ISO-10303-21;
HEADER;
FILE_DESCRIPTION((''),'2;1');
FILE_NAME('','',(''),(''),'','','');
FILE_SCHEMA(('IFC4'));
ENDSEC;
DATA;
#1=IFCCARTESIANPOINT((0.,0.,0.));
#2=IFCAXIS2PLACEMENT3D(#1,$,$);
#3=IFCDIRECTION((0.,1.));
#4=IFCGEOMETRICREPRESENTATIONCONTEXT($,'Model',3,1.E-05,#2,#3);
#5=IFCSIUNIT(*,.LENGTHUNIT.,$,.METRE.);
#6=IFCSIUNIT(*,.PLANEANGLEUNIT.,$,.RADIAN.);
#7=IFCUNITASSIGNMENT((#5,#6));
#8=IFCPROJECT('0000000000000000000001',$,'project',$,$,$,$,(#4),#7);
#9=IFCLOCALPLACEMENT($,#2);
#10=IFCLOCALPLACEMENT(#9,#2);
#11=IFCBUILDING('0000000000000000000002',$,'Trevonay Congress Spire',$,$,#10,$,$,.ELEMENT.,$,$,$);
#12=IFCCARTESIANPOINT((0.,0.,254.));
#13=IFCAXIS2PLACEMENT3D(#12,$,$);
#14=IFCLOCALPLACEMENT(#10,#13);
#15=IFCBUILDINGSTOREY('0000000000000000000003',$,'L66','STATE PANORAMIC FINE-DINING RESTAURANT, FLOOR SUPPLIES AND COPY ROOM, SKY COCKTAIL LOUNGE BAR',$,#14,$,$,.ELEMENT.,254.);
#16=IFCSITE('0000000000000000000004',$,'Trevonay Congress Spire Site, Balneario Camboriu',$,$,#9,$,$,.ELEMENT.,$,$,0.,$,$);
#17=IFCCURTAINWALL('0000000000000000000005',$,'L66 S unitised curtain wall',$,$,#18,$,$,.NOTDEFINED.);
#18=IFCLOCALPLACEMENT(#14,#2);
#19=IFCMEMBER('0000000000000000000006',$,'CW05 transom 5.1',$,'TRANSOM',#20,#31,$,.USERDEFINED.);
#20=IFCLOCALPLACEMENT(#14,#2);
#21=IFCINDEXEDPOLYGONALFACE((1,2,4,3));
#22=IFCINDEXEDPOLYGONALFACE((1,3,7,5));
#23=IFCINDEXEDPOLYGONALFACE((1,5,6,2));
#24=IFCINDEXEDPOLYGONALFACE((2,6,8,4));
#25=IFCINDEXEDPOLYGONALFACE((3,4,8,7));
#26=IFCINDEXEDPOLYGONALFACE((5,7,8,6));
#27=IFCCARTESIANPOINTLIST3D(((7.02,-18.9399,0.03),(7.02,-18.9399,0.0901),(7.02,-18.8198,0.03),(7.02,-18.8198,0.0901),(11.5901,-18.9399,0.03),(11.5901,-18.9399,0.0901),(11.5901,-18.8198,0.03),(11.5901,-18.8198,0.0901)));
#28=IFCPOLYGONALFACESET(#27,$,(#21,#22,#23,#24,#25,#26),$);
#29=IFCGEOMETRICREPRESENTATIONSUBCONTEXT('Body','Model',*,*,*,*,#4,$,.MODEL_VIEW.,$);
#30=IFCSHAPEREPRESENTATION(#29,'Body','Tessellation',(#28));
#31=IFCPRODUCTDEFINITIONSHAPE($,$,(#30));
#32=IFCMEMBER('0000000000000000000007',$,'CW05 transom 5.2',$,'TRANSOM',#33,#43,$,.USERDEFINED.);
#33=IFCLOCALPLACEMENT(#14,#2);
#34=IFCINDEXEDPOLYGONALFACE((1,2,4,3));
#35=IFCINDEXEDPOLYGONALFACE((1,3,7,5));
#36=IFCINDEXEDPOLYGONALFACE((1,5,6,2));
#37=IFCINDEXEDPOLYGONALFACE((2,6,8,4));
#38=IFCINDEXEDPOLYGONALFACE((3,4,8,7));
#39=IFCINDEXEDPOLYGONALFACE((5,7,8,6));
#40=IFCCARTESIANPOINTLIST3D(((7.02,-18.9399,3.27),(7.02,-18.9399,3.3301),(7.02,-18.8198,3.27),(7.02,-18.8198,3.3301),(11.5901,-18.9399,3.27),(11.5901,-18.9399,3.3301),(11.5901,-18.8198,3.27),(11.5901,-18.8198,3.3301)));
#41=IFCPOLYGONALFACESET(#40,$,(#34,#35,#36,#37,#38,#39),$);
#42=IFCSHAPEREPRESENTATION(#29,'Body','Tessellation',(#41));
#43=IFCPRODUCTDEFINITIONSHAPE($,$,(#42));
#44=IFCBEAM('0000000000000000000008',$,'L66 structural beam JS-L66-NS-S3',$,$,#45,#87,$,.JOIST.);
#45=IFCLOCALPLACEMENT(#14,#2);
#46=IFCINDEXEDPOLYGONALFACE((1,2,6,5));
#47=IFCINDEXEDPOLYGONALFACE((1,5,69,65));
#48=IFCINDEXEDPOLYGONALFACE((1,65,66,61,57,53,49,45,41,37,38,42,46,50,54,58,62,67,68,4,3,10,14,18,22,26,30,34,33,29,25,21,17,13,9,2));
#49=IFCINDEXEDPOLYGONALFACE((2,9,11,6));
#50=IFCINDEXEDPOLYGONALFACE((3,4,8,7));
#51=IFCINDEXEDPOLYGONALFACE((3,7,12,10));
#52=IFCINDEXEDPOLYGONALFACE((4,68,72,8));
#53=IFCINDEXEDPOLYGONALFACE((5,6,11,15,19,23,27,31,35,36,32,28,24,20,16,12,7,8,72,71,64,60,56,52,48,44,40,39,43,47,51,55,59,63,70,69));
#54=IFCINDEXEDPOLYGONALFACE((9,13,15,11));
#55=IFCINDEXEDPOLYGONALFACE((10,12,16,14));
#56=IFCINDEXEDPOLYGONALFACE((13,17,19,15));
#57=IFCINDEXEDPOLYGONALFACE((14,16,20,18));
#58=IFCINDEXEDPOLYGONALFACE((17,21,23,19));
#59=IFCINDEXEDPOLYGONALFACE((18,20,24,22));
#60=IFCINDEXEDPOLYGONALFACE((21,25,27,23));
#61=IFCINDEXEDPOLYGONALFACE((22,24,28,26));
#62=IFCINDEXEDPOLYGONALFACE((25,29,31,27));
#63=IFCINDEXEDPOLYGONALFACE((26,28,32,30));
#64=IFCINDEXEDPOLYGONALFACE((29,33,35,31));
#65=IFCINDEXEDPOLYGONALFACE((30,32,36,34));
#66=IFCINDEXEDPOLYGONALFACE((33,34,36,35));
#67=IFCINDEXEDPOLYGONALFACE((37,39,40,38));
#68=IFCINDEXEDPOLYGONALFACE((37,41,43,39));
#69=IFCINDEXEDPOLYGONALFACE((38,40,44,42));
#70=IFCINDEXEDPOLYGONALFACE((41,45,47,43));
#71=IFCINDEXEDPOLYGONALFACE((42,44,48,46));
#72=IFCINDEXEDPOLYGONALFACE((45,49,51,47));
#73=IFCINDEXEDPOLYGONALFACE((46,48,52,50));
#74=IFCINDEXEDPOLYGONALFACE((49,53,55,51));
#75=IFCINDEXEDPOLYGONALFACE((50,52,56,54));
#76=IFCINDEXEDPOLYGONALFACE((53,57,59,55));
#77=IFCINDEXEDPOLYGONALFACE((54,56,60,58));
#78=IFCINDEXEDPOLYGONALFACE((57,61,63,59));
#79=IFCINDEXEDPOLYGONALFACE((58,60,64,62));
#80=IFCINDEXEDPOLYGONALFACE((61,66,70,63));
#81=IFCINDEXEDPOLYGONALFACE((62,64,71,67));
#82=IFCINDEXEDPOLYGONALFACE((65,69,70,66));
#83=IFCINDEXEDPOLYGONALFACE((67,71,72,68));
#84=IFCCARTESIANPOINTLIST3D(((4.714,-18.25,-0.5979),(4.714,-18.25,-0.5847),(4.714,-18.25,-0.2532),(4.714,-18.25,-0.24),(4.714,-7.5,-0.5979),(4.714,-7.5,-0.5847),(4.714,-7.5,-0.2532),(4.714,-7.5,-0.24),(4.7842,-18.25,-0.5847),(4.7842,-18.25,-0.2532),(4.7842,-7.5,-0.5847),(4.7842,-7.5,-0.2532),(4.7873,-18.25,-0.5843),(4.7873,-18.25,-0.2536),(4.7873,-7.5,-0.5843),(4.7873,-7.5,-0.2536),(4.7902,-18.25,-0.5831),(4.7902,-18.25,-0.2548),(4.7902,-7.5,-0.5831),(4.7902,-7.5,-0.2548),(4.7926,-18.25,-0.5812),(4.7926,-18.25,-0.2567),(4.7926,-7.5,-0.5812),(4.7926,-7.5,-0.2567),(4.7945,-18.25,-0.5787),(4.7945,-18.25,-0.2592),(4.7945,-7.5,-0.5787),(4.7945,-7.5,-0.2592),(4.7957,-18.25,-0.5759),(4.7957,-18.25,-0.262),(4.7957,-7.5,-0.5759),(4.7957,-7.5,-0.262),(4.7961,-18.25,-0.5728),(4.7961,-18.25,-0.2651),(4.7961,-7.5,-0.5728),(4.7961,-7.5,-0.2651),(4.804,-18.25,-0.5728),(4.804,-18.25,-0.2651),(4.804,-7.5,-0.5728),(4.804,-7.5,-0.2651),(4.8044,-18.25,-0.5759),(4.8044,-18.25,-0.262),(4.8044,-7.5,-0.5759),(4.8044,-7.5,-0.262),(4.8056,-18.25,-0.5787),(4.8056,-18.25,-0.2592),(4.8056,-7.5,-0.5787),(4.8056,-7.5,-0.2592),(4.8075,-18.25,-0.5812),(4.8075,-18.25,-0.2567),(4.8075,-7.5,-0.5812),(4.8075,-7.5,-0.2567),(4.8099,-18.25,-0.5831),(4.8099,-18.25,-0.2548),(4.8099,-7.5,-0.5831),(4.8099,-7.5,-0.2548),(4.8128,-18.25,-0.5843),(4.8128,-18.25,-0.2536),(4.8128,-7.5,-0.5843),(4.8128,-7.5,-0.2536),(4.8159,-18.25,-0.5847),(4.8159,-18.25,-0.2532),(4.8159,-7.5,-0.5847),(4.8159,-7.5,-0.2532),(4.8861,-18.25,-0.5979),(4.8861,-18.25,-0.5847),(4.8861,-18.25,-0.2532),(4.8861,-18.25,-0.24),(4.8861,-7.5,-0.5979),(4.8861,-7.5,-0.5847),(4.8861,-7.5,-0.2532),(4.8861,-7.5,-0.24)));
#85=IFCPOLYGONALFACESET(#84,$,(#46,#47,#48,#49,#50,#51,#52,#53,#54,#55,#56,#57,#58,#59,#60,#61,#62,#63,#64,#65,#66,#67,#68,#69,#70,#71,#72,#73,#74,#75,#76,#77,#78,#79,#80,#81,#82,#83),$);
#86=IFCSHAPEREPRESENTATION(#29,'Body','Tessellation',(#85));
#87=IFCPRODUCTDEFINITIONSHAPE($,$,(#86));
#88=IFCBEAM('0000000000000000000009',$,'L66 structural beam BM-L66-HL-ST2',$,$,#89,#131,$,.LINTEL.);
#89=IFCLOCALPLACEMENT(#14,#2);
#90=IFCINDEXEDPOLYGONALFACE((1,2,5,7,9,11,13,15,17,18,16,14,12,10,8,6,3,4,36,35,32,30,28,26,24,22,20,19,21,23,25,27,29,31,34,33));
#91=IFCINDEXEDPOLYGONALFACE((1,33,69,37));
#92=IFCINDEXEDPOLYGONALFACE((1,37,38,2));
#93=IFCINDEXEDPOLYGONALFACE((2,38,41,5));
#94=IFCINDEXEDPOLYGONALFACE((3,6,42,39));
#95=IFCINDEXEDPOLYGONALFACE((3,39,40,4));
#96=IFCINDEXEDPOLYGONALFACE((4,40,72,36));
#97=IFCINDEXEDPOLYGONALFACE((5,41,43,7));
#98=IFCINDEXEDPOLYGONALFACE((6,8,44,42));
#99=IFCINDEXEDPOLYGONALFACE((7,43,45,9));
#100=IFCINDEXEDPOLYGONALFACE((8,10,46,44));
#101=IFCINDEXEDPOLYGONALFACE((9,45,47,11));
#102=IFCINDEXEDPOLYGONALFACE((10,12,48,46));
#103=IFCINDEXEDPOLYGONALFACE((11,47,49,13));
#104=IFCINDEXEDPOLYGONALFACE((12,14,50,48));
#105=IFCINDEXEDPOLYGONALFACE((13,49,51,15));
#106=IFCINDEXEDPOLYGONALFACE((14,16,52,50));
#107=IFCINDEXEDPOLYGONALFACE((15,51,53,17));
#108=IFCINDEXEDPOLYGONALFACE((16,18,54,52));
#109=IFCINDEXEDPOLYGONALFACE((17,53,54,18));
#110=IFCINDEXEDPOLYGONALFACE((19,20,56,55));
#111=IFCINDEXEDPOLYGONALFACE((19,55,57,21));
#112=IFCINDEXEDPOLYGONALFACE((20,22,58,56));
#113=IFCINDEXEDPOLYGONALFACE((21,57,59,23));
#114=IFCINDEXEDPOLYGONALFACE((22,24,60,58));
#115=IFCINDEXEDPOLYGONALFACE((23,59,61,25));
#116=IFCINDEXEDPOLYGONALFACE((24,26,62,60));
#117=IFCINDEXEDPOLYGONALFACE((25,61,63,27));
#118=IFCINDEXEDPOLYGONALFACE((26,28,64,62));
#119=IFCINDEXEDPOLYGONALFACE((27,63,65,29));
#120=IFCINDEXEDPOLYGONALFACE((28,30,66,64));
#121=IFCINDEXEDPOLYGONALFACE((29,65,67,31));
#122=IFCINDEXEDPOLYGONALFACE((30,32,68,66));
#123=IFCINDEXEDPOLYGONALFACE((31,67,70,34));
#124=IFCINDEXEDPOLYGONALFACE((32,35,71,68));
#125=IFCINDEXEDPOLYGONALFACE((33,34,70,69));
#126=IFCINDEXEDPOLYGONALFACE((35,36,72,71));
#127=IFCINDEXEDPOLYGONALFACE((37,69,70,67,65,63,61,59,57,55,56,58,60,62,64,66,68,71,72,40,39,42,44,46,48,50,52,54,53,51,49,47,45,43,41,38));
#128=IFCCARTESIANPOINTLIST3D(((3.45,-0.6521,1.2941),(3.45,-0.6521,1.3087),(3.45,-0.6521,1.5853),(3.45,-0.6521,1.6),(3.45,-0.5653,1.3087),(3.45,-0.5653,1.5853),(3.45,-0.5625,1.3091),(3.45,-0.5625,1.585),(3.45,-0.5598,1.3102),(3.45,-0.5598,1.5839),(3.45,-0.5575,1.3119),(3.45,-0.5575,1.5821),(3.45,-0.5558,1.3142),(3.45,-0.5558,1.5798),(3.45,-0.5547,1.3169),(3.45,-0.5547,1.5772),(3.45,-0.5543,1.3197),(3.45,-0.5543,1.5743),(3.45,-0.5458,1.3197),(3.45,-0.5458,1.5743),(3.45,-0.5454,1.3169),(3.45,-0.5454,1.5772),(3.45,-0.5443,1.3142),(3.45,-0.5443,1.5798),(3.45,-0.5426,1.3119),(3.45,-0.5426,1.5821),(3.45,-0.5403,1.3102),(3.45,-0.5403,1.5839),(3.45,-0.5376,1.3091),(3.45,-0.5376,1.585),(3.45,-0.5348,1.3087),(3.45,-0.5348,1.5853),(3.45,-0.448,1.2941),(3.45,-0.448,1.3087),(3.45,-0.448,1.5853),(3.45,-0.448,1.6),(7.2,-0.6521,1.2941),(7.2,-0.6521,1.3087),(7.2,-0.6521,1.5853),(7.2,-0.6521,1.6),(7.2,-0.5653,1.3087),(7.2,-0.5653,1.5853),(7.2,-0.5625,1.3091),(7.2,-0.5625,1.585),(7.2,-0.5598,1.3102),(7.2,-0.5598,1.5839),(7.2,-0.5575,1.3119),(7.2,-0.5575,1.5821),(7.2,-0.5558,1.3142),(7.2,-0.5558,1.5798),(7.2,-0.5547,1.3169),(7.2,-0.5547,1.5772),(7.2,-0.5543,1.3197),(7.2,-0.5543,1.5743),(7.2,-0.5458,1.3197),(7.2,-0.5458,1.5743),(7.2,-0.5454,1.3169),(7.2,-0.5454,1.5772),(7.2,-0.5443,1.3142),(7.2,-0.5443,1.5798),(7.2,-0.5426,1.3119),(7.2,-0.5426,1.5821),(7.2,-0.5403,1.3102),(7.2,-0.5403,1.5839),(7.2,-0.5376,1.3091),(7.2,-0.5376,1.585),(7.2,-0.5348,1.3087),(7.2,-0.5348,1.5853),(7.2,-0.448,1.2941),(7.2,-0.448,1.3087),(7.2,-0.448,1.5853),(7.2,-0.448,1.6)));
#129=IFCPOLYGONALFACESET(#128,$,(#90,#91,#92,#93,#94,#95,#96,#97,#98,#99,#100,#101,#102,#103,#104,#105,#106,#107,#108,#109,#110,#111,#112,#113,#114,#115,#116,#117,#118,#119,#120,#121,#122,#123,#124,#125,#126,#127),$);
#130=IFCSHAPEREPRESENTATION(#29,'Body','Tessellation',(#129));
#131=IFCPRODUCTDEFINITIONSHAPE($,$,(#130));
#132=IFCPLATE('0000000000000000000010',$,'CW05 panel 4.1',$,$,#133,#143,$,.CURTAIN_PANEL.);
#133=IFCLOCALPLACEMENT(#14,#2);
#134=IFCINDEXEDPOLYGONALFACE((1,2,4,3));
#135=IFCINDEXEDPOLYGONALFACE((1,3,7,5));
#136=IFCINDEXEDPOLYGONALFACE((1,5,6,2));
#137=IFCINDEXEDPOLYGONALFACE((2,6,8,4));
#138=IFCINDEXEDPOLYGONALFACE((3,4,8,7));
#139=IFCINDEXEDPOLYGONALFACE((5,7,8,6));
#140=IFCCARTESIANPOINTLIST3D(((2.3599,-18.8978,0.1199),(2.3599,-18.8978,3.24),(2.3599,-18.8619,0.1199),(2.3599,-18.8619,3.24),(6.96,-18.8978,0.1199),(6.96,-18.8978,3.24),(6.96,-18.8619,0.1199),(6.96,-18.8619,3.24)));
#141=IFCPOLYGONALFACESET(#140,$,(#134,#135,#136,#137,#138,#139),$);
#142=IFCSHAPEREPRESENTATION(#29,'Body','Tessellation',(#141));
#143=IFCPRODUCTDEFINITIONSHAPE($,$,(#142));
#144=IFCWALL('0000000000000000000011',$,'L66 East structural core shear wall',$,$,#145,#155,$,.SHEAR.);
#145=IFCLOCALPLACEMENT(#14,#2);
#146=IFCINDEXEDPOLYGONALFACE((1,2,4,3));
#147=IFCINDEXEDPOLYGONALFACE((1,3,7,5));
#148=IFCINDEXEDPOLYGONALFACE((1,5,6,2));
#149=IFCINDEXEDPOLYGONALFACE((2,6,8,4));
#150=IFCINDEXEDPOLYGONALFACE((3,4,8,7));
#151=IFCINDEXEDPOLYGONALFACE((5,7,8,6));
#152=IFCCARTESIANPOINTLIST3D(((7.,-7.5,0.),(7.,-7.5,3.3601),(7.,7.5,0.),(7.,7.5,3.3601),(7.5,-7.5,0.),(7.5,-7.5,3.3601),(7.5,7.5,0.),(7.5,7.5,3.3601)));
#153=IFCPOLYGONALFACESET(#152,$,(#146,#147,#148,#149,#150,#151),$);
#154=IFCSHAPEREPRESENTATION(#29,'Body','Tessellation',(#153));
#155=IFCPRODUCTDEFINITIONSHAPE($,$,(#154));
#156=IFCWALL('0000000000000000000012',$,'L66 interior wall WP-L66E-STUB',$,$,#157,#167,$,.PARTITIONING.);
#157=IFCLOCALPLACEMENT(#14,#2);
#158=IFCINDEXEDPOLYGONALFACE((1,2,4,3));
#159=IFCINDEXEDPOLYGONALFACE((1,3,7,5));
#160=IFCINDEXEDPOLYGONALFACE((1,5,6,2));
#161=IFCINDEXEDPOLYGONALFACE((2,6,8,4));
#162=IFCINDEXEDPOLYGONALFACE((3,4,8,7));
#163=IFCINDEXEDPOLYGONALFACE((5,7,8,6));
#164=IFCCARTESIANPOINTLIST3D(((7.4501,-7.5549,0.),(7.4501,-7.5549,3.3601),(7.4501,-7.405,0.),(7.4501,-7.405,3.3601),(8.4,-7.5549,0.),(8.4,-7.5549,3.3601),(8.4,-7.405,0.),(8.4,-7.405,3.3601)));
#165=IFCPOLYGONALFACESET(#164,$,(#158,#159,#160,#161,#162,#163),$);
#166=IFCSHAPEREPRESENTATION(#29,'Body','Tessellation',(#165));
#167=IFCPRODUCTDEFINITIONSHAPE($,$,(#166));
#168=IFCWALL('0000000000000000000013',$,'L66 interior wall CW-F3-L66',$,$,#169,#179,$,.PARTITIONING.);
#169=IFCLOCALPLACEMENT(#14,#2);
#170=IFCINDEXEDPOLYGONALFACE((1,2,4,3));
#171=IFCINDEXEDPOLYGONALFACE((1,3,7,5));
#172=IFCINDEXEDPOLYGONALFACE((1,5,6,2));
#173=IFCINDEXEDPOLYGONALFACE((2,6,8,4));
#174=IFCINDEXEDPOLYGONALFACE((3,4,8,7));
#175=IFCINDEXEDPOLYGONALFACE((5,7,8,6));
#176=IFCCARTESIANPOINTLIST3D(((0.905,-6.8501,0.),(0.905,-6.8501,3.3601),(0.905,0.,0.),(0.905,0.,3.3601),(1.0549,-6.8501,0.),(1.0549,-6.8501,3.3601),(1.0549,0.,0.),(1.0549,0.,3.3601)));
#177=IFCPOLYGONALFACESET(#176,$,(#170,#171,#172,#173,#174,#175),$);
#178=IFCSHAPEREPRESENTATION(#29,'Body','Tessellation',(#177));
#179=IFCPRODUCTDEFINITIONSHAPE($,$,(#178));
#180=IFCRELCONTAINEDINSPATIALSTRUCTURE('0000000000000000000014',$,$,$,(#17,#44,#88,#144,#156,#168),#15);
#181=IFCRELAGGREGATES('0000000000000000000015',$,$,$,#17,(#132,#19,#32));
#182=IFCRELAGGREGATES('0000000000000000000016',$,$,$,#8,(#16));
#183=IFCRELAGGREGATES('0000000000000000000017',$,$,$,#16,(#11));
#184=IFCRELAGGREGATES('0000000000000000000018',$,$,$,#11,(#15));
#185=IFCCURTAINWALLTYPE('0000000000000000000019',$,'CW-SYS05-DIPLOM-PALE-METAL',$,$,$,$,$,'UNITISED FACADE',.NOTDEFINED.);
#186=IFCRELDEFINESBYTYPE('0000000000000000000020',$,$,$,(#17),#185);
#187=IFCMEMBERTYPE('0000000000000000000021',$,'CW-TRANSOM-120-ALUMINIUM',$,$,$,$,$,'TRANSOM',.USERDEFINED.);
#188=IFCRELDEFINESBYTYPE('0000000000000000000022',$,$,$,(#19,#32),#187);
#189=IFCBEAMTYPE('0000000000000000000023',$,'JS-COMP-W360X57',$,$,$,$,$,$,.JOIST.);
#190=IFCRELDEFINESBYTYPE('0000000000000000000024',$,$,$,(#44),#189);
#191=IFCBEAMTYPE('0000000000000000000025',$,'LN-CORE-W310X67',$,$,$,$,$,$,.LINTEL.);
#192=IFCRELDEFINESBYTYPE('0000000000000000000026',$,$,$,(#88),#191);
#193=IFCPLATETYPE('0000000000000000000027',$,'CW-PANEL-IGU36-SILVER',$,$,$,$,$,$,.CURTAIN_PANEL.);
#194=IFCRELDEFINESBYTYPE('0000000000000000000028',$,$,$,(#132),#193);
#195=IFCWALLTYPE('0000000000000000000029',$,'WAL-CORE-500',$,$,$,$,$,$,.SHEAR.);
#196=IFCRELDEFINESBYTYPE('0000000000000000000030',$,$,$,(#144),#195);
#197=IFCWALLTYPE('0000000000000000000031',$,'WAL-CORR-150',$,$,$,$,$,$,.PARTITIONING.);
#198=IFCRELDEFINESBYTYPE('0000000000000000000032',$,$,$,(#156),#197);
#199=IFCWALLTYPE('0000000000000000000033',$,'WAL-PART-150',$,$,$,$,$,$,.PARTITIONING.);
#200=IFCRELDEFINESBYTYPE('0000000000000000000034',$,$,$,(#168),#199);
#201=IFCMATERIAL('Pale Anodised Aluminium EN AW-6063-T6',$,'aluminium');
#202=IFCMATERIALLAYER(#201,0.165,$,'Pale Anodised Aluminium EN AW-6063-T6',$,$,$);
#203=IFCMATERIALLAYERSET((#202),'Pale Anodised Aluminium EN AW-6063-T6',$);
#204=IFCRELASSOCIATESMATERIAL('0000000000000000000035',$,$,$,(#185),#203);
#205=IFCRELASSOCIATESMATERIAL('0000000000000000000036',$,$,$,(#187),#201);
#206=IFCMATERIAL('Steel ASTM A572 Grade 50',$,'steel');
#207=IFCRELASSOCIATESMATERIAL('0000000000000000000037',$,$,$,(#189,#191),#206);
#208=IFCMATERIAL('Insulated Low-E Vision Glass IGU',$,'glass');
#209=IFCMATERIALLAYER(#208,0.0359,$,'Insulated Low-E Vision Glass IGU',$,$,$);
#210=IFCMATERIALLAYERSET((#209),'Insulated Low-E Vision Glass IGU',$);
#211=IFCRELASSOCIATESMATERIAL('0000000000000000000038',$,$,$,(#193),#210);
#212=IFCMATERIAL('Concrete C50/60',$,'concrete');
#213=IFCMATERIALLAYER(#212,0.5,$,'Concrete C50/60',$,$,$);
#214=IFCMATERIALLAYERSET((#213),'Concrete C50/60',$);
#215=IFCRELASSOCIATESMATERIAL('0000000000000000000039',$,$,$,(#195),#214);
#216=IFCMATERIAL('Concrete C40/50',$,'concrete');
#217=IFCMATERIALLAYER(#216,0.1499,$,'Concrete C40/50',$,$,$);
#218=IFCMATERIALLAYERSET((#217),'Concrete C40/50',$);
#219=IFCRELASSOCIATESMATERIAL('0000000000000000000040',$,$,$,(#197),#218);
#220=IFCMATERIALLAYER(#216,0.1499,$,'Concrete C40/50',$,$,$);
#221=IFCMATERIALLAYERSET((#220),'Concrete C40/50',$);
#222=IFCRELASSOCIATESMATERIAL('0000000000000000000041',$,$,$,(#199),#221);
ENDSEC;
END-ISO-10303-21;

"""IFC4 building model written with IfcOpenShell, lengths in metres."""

from ifc_helpers import new_model, si_unit, direction, frame, frame_2d, origin, origin_2d, place, context, subcontext, project, spatial, rectangle, i_section, extrude, material, layer, layer_set, material_profile, profile_set, type_object, element, aggregate, save


model = new_model("IFC4")

# Units and contexts
model_context = context("Model", 3, precision=1e-05, world=origin(), true_north=direction((0.0, 1.0)))
body_context = subcontext(model_context, "Body", "Model", "MODEL_VIEW")
ifc_project = project(units=[si_unit("LENGTHUNIT", "METRE"), si_unit("PLANEANGLEUNIT", "RADIAN")], contexts=[model_context])

# Site, building, storey
site_placement = place(None, origin())
site = spatial("IfcSite", under=ifc_project, at=site_placement, Name="Trevonay Congress Spire Site, Balneario Camboriu", CompositionType="ELEMENT", RefElevation=0.0)
building_placement = place(site_placement, origin())
building = spatial("IfcBuilding", under=site, at=building_placement, Name="Trevonay Congress Spire", CompositionType="ELEMENT")
storey_placement = place(building_placement, frame((0.0, 0.0, 254.0)))
storey = spatial("IfcBuildingStorey", under=building, at=storey_placement, Name="L66", Description="STATE PANORAMIC FINE-DINING RESTAURANT, FLOOR SUPPLIES AND COPY ROOM, SKY COCKTAIL LOUNGE BAR", CompositionType="ELEMENT", Elevation=254.0)

# Shared definitions
ifc_material_1 = material(Name="Steel ASTM A572 Grade 50", Category="steel")

# Curtain wall, members
ifc_material_2 = material(Name="Pale Anodised Aluminium EN AW-6063-T6", Category="aluminium")
ifc_layer_1 = layer(ifc_material_2, 0.165, Name="Pale Anodised Aluminium EN AW-6063-T6")
ifc_layer_set_1 = layer_set([ifc_layer_1], Name="Pale Anodised Aluminium EN AW-6063-T6")
curtain_wall_type = type_object("IfcCurtainWallType", Name="CW-SYS05-DIPLOM-PALE-METAL", ElementType="UNITISED FACADE", PredefinedType="NOTDEFINED", material=ifc_layer_set_1)
curtain_wall_placement = place(storey_placement, origin())
curtain_wall = element("IfcCurtainWall", 1, at=curtain_wall_placement, inside=storey, type_object=curtain_wall_type, Name="L66 S unitised curtain wall", PredefinedType="NOTDEFINED")
ifc_material_profile_1 = material_profile(ifc_material_2, rectangle(XDim=0.1201, YDim=0.0601, at=origin_2d()), Name="CW-TRANSOM-120-ALUMINIUM")
ifc_profile_set_1 = profile_set([ifc_material_profile_1], Name="Pale Anodised Aluminium EN AW-6063-T6")
member_type_1 = type_object("IfcMemberType", Name="CW-TRANSOM-120-ALUMINIUM", ElementType="TRANSOM", PredefinedType="USERDEFINED", material=ifc_profile_set_1)
member_1_placement = place(storey_placement, frame((7.02, -18.8799, 0.0601), z_axis=(1.0, 0.0, 0.0), x_axis=(0.0, 1.0, 0.0)))
member_1 = element("IfcMember", 2, at=member_1_placement, type_object=member_type_1, Name="CW05 transom 5.1", ObjectType="TRANSOM", PredefinedType="USERDEFINED", context=body_context, shape_type="SweptSolid", body=[
    extrude(rectangle(XDim=0.1201, YDim=0.0601, at=origin_2d()), origin(), (0.0, 0.0, 1.0), 4.5701),
])
member_2_placement = place(storey_placement, frame((7.02, -18.8799, 3.3), z_axis=(1.0, 0.0, 0.0), x_axis=(0.0, 1.0, 0.0)))
member_2 = element("IfcMember", 3, at=member_2_placement, type_object=member_type_1, Name="CW05 transom 5.2", ObjectType="TRANSOM", PredefinedType="USERDEFINED", context=body_context, shape_type="SweptSolid", body=[
    extrude(rectangle(XDim=0.1201, YDim=0.0601, at=origin_2d()), origin(), (0.0, 0.0, 1.0), 4.5701),
])

# Beams
ifc_material_profile_2 = material_profile(ifc_material_1, i_section(OverallWidth=0.1721, OverallDepth=0.3579, WebThickness=0.0078, FlangeThickness=0.0132, FilletRadius=0.012, at=origin_2d()), Name="W360x57.8")
ifc_profile_set_2 = profile_set([ifc_material_profile_2], Name="Steel ASTM A572 Grade 50")
beam_type_1 = type_object("IfcBeamType", Name="JS-COMP-W360X57", PredefinedType="JOIST", material=ifc_profile_set_2)
beam_1_placement = place(storey_placement, frame((4.8, -18.25, -0.4189), z_axis=(0.0, 1.0, 0.0), x_axis=(-1.0, 0.0, 0.0)))
element("IfcBeam", 4, at=beam_1_placement, inside=storey, type_object=beam_type_1, Name="L66 structural beam JS-L66-NS-S3", PredefinedType="JOIST", context=body_context, shape_type="SweptSolid", body=[
    extrude(i_section(OverallWidth=0.1721, OverallDepth=0.3579, WebThickness=0.0078, FlangeThickness=0.0132, FilletRadius=0.012, at=origin_2d()), origin(), (0.0, 0.0, 1.0), 10.75),
])
ifc_material_profile_3 = material_profile(ifc_material_1, i_section(OverallWidth=0.2041, OverallDepth=0.3059, WebThickness=0.0085, FlangeThickness=0.0146, FilletRadius=0.011, at=origin_2d()), Name="W310x67")
ifc_profile_set_3 = profile_set([ifc_material_profile_3], Name="Steel ASTM A572 Grade 50")
beam_type_2 = type_object("IfcBeamType", Name="LN-CORE-W310X67", PredefinedType="LINTEL", material=ifc_profile_set_3)
beam_2_placement = place(storey_placement, frame((3.45, -0.55, 1.447), z_axis=(1.0, 0.0, 0.0), x_axis=(0.0, 1.0, 0.0)))
element("IfcBeam", 5, at=beam_2_placement, inside=storey, type_object=beam_type_2, Name="L66 structural beam BM-L66-HL-ST2", PredefinedType="LINTEL", context=body_context, shape_type="SweptSolid", body=[
    extrude(i_section(OverallWidth=0.2041, OverallDepth=0.3059, WebThickness=0.0085, FlangeThickness=0.0146, FilletRadius=0.011, at=origin_2d()), origin(), (0.0, 0.0, 1.0), 3.75),
])

# Plate
ifc_material_3 = material(Name="Insulated Low-E Vision Glass IGU", Category="glass")
ifc_layer_2 = layer(ifc_material_3, 0.0359, Name="Insulated Low-E Vision Glass IGU")
ifc_layer_set_2 = layer_set([ifc_layer_2], Name="Insulated Low-E Vision Glass IGU")
plate_type = type_object("IfcPlateType", Name="CW-PANEL-IGU36-SILVER", PredefinedType="CURTAIN_PANEL", material=ifc_layer_set_2)
plate_placement = place(storey_placement, frame((4.6599, -18.8799, 0.1199), z_axis=(0.0, 0.0, 1.0), x_axis=(1.0, 0.0, 0.0)))
plate = element("IfcPlate", 6, at=plate_placement, type_object=plate_type, Name="CW05 panel 4.1", PredefinedType="CURTAIN_PANEL", context=body_context, shape_type="SweptSolid", body=[
    extrude(rectangle(XDim=4.6001, YDim=0.0359, at=origin_2d()), origin(), (0.0, 0.0, 1.0), 3.1201),
])
aggregate(curtain_wall, [plate, member_1, member_2])

# Walls
ifc_material_4 = material(Name="Concrete C50/60", Category="concrete")
ifc_layer_3 = layer(ifc_material_4, 0.5, Name="Concrete C50/60")
ifc_layer_set_3 = layer_set([ifc_layer_3], Name="Concrete C50/60")
wall_type_1 = type_object("IfcWallType", Name="WAL-CORE-500", PredefinedType="SHEAR", material=ifc_layer_set_3)
wall_1_placement = place(storey_placement, frame((7.25, -7.5, 0.0), z_axis=(0.0, 0.0, 1.0), x_axis=(0.0, 1.0, 0.0)))
element("IfcWall", 7, at=wall_1_placement, inside=storey, type_object=wall_type_1, Name="L66 East structural core shear wall", PredefinedType="SHEAR", context=body_context, shape_type="SweptSolid", body=[
    extrude(rectangle(XDim=15.0, YDim=0.5, at=frame_2d((7.5, 0.0))), origin(), (0.0, 0.0, 1.0), 3.3601),
])
ifc_material_5 = material(Name="Concrete C40/50", Category="concrete")
ifc_layer_4 = layer(ifc_material_5, 0.1499, Name="Concrete C40/50")
ifc_layer_set_4 = layer_set([ifc_layer_4], Name="Concrete C40/50")
wall_type_2 = type_object("IfcWallType", Name="WAL-CORR-150", PredefinedType="PARTITIONING", material=ifc_layer_set_4)
wall_2_placement = place(storey_placement, frame((7.45, -7.48, 0.0), z_axis=(0.0, 0.0, 1.0), x_axis=(1.0, 0.0, 0.0)))
element("IfcWall", 8, at=wall_2_placement, inside=storey, type_object=wall_type_2, Name="L66 interior wall WP-L66E-STUB", PredefinedType="PARTITIONING", context=body_context, shape_type="SweptSolid", body=[
    extrude(rectangle(XDim=0.95, YDim=0.1499, at=frame_2d((0.4751, 0.0))), origin(), (0.0, 0.0, 1.0), 3.3601),
])
ifc_layer_5 = layer(ifc_material_5, 0.1499, Name="Concrete C40/50")
ifc_layer_set_5 = layer_set([ifc_layer_5], Name="Concrete C40/50")
wall_type_3 = type_object("IfcWallType", Name="WAL-PART-150", PredefinedType="PARTITIONING", material=ifc_layer_set_5)
wall_3_placement = place(storey_placement, frame((0.98, -6.8501, 0.0), z_axis=(0.0, 0.0, 1.0), x_axis=(0.0, 1.0, 0.0)))
element("IfcWall", 9, at=wall_3_placement, inside=storey, type_object=wall_type_3, Name="L66 interior wall CW-F3-L66", PredefinedType="PARTITIONING", context=body_context, shape_type="SweptSolid", body=[
    extrude(rectangle(XDim=6.8501, YDim=0.1499, at=frame_2d((3.425, 0.0))), origin(), (0.0, 0.0, 1.0), 3.3601),
])

save(model, "model.ifc")
